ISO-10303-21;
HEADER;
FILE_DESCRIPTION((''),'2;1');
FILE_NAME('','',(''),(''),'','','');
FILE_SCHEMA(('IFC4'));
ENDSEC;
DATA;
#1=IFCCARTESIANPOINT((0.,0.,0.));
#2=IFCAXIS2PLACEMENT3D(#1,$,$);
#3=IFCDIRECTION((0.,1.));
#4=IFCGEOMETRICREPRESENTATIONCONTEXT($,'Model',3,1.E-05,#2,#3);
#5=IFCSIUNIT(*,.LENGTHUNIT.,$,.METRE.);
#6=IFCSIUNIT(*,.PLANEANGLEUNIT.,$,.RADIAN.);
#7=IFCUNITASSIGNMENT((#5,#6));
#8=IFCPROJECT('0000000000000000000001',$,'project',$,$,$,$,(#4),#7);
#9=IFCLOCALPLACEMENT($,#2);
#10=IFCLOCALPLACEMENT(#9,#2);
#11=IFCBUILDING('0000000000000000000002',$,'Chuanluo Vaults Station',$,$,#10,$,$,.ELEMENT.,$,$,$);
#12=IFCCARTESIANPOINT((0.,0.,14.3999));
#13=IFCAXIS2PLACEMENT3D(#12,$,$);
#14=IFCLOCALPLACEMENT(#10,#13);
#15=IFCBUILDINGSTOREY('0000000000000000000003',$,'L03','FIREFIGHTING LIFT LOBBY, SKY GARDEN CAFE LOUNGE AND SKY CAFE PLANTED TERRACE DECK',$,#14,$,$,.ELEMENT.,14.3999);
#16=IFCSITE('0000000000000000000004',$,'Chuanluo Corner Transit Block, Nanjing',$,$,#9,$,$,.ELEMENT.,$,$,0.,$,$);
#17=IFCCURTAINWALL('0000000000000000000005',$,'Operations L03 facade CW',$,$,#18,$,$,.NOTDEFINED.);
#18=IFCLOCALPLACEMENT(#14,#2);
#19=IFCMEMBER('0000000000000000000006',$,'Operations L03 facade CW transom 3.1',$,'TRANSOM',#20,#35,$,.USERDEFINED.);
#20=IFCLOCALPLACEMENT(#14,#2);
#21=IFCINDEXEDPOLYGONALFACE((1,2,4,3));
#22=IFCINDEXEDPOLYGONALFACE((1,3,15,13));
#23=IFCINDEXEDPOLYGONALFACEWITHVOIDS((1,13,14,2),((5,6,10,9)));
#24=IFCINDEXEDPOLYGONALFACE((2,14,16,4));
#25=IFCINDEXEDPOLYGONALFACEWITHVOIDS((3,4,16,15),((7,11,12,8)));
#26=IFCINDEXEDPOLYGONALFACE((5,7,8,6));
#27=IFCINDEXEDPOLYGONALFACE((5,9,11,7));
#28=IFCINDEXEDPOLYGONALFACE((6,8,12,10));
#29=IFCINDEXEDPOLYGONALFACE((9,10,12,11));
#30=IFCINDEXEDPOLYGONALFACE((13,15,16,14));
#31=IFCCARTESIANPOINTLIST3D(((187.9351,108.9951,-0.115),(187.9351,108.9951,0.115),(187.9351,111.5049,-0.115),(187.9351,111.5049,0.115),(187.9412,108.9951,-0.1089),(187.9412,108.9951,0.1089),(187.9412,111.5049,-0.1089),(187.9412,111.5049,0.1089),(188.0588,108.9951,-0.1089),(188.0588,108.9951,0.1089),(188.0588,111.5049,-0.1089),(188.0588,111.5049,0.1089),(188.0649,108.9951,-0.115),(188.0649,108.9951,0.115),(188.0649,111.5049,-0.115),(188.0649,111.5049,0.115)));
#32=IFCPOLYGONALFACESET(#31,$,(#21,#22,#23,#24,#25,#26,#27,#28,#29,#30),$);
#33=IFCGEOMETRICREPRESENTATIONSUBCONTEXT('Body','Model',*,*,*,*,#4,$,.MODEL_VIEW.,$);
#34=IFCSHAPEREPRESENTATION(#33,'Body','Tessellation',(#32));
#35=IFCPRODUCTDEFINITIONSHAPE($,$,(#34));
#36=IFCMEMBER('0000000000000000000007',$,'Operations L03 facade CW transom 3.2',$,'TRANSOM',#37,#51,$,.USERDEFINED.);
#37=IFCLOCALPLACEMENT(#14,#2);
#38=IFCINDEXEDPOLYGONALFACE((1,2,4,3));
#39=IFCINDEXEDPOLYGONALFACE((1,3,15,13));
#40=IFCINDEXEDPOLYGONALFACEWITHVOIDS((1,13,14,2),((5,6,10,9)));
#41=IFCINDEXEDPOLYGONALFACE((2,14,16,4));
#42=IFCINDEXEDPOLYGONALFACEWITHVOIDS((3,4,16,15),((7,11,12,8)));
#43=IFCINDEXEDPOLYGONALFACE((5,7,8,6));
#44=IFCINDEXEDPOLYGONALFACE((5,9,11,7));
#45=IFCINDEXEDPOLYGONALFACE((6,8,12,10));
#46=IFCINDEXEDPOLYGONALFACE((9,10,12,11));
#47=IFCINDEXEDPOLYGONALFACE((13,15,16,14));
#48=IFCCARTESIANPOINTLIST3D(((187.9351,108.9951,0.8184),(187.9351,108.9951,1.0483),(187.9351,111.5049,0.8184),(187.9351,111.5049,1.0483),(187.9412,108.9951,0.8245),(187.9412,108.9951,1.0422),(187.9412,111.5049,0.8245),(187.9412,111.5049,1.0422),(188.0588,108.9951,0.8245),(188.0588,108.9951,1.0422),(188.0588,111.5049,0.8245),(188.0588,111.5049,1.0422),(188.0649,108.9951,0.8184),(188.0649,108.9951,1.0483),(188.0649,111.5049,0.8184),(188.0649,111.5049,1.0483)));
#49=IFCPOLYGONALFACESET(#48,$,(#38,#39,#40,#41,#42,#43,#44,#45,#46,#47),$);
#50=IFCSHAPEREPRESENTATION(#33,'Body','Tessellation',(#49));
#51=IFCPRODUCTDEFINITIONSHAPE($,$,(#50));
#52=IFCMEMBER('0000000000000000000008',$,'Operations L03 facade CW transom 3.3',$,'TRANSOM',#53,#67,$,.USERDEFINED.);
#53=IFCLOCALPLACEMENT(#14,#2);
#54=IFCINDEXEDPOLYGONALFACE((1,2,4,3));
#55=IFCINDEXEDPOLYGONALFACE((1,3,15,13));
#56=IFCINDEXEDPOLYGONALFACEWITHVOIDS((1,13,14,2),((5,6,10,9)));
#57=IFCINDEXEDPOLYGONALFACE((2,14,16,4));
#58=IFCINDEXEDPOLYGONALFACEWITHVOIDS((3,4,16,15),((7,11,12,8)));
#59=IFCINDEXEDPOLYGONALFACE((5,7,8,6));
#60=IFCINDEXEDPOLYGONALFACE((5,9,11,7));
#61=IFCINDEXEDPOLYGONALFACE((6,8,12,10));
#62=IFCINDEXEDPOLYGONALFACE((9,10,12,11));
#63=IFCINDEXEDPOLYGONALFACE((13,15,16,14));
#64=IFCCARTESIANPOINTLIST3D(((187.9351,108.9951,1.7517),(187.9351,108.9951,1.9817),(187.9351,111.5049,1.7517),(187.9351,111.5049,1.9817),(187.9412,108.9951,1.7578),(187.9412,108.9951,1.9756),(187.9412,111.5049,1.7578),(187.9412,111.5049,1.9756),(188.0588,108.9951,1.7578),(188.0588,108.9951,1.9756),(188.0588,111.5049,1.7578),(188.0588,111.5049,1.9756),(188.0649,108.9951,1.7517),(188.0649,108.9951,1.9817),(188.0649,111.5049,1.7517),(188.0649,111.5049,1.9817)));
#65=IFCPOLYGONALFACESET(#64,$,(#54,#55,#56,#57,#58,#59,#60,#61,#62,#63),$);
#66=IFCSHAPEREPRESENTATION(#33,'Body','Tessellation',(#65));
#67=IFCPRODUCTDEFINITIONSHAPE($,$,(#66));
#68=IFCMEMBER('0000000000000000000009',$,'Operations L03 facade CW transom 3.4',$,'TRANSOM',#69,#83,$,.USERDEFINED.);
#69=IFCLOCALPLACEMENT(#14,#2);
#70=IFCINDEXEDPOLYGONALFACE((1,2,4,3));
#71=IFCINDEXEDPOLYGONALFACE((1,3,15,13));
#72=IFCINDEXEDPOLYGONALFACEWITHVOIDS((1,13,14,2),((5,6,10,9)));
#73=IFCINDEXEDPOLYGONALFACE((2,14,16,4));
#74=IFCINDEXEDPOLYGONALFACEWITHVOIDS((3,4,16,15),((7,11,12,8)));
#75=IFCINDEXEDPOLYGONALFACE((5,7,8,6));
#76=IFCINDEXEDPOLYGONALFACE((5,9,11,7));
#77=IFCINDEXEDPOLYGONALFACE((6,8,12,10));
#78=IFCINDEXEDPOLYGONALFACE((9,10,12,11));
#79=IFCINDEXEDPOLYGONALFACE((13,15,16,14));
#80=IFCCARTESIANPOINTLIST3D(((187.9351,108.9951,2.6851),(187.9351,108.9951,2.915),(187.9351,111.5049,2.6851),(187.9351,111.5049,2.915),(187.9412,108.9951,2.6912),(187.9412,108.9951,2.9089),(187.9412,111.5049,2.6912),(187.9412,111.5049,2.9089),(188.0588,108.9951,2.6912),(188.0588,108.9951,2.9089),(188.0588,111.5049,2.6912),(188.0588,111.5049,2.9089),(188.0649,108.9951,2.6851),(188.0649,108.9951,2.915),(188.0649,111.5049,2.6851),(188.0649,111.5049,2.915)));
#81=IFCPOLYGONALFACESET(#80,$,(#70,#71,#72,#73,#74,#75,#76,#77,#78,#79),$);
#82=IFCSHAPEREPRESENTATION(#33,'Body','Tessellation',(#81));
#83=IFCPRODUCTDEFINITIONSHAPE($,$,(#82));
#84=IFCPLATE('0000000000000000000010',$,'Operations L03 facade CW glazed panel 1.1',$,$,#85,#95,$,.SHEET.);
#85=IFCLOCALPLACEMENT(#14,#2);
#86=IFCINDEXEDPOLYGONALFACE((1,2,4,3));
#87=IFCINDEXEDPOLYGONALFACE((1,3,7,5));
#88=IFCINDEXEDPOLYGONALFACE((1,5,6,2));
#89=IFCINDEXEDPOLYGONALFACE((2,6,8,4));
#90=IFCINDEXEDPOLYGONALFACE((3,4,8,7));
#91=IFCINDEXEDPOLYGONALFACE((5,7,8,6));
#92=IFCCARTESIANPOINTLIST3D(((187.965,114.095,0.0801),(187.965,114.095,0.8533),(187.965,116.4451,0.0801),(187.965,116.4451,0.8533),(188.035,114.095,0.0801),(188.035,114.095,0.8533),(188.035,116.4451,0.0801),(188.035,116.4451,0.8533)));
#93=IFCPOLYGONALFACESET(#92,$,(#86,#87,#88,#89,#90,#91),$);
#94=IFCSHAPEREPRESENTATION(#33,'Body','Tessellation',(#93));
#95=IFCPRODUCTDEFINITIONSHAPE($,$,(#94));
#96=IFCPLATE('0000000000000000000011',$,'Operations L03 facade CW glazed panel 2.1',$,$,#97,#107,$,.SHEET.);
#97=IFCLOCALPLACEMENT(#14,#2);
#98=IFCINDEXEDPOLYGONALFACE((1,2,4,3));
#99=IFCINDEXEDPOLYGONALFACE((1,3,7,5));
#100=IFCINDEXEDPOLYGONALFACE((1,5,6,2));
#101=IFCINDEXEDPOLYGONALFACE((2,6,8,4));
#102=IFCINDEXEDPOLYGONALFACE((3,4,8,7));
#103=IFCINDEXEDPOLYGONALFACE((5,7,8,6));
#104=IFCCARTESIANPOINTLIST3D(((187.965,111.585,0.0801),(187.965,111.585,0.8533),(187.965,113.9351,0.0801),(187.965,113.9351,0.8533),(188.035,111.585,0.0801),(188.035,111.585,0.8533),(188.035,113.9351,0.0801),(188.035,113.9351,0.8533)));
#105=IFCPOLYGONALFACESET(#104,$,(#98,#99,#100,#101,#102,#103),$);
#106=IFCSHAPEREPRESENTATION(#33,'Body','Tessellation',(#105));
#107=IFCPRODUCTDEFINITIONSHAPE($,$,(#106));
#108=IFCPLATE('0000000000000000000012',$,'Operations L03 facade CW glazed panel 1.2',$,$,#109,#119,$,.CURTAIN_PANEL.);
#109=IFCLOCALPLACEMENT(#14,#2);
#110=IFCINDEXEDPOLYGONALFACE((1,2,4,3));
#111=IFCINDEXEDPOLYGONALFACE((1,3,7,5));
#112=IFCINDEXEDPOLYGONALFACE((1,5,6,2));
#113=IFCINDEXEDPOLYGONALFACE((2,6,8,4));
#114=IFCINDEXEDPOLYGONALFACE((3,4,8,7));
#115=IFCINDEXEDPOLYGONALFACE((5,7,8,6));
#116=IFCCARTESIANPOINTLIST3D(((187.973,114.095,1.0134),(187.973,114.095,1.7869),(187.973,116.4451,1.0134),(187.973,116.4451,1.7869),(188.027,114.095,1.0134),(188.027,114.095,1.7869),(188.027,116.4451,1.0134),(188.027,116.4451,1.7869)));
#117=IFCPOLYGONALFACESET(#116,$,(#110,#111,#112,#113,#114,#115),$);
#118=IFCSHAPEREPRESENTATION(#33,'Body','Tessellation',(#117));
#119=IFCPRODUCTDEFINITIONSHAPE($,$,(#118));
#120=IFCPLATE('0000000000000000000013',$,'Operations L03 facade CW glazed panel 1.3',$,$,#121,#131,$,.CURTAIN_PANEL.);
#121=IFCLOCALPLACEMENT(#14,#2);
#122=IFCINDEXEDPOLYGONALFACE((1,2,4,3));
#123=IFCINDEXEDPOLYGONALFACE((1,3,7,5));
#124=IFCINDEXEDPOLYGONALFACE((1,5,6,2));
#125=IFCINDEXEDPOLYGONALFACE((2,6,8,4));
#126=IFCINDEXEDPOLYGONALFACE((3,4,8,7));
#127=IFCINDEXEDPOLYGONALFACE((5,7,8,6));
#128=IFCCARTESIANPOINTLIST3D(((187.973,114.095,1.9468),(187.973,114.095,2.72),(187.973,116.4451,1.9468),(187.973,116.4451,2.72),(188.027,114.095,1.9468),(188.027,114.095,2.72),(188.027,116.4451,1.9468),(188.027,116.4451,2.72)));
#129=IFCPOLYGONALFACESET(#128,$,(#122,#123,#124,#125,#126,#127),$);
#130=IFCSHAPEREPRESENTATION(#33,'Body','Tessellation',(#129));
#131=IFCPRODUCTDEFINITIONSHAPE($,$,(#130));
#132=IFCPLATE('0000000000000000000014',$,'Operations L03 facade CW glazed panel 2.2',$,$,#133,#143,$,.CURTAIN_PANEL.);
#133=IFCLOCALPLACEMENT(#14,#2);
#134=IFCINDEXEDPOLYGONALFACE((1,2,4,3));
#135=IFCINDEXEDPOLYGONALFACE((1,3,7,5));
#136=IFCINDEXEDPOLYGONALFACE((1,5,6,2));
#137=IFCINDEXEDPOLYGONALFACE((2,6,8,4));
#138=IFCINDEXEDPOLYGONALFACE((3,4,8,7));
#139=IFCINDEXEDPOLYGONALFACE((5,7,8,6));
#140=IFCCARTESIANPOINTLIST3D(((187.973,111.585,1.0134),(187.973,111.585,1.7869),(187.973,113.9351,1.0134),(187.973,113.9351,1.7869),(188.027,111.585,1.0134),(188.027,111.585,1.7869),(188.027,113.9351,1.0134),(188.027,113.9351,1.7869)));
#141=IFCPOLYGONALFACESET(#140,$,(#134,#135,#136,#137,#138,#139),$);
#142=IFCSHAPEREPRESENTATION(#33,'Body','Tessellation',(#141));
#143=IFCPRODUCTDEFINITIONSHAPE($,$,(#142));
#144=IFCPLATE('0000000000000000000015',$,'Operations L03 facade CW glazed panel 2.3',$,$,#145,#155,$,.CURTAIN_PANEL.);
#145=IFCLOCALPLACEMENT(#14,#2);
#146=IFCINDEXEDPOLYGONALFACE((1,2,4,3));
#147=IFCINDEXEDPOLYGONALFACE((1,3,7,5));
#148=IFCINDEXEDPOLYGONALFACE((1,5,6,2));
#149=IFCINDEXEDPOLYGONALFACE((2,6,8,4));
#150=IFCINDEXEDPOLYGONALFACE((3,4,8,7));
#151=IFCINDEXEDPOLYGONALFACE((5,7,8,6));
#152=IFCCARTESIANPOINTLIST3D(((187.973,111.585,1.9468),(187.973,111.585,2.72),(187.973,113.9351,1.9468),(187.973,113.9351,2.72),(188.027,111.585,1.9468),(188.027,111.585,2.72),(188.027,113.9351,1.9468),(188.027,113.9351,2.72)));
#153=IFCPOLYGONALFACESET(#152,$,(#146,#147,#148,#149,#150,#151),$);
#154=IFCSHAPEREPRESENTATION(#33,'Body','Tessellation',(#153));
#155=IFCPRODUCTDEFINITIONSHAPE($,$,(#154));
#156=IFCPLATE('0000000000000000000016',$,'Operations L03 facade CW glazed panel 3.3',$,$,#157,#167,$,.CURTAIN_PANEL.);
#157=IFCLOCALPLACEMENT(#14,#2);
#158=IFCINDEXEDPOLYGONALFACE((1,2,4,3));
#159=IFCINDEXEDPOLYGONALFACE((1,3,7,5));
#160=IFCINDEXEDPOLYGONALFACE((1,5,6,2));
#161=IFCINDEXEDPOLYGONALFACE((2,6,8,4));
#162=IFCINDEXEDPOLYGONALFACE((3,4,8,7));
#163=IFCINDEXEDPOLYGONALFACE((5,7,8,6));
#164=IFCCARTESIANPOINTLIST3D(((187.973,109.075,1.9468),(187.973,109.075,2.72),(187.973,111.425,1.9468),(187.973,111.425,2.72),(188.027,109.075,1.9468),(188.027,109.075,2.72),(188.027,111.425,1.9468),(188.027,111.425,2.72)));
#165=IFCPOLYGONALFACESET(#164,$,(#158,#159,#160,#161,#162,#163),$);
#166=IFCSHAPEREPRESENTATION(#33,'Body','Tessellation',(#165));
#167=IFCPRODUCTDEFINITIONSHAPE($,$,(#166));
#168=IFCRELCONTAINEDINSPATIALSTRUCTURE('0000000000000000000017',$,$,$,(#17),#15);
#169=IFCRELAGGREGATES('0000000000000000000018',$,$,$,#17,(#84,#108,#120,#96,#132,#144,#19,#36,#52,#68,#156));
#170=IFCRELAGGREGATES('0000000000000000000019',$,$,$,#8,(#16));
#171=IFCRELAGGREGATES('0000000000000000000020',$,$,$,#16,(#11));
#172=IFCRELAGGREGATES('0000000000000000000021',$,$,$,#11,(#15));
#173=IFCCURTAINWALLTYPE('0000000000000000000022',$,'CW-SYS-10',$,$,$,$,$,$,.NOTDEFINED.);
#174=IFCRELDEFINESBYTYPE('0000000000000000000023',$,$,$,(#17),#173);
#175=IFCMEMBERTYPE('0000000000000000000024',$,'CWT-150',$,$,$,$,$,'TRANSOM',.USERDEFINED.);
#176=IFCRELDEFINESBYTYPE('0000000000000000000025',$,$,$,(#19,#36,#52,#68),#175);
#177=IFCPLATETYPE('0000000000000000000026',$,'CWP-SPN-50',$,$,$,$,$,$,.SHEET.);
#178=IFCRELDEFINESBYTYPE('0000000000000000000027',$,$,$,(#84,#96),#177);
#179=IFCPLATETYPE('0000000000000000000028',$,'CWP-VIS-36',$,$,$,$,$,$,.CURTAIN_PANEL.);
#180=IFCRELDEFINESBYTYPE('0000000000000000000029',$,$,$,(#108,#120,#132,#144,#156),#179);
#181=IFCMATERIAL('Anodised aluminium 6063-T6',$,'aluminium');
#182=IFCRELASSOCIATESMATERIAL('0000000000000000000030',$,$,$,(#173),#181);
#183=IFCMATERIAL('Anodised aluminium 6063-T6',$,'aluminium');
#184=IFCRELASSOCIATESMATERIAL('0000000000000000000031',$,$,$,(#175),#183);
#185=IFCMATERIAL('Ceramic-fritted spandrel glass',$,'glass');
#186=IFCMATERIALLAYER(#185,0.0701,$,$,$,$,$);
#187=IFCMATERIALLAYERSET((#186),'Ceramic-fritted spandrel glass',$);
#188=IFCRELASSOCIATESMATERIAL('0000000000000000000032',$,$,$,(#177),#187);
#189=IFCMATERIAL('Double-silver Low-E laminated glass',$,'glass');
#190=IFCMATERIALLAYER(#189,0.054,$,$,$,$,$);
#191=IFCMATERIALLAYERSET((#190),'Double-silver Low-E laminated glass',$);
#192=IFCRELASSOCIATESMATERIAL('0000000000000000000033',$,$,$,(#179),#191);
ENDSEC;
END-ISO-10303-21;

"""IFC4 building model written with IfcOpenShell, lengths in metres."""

from ifc_helpers import new_model, si_unit, direction, frame, origin, origin_2d, place, context, subcontext, project, spatial, rectangle, hollow_rectangle, extrude, material, layer, layer_set, material_profile, profile_set, type_object, element, aggregate, save


model = new_model("IFC4")

# Units and contexts
model_context = context("Model", 3, precision=1e-05, world=origin(), true_north=direction((0.0, 1.0)))
body_context = subcontext(model_context, "Body", "Model", "MODEL_VIEW")
ifc_project = project(units=[si_unit("LENGTHUNIT", "METRE"), si_unit("PLANEANGLEUNIT", "RADIAN")], contexts=[model_context])

# Site, building, storey
site_placement = place(None, origin())
site = spatial("IfcSite", under=ifc_project, at=site_placement, Name="Chuanluo Corner Transit Block, Nanjing", CompositionType="ELEMENT", RefElevation=0.0)
building_placement = place(site_placement, origin())
building = spatial("IfcBuilding", under=site, at=building_placement, Name="Chuanluo Vaults Station", CompositionType="ELEMENT")
storey_placement = place(building_placement, frame((0.0, 0.0, 14.3999)))
storey = spatial("IfcBuildingStorey", under=building, at=storey_placement, Name="L03", Description="FIREFIGHTING LIFT LOBBY, SKY GARDEN CAFE LOUNGE AND SKY CAFE PLANTED TERRACE DECK", CompositionType="ELEMENT", Elevation=14.3999)

# Curtain wall, members, plates
ifc_material_1 = material(Name="Anodised aluminium 6063-T6", Category="aluminium")
curtain_wall_type = type_object("IfcCurtainWallType", Name="CW-SYS-10", PredefinedType="NOTDEFINED", material=ifc_material_1)
curtain_wall_placement = place(storey_placement, origin())
curtain_wall = element("IfcCurtainWall", 1, at=curtain_wall_placement, inside=storey, type_object=curtain_wall_type, Name="Operations L03 facade CW", PredefinedType="NOTDEFINED")
ifc_material_2 = material(Name="Anodised aluminium 6063-T6", Category="aluminium")
ifc_material_profile_1 = material_profile(ifc_material_2, hollow_rectangle(XDim=0.1299, YDim=0.23, WallThickness=0.0061, at=origin_2d()))
ifc_profile_set_1 = profile_set([ifc_material_profile_1], Name="Anodised aluminium 6063-T6")
member_type_1 = type_object("IfcMemberType", Name="CWT-150", ElementType="TRANSOM", PredefinedType="USERDEFINED", material=ifc_profile_set_1)
member_1_placement = place(storey_placement, frame((188.0, 111.5049, 0.0), z_axis=(0.0, -1.0, 0.0), x_axis=(1.0, 0.0, 0.0)))
member_1 = element("IfcMember", 2, at=member_1_placement, type_object=member_type_1, Name="Operations L03 facade CW transom 3.1", ObjectType="TRANSOM", PredefinedType="USERDEFINED", context=body_context, shape_type="SweptSolid", body=[
    extrude(hollow_rectangle(XDim=0.1299, YDim=0.23, WallThickness=0.0061, at=origin_2d()), origin(), (0.0, 0.0, 1.0), 2.5098),
])
member_2_placement = place(storey_placement, frame((188.0, 111.5049, 0.9333), z_axis=(0.0, -1.0, 0.0), x_axis=(1.0, 0.0, 0.0)))
member_2 = element("IfcMember", 3, at=member_2_placement, type_object=member_type_1, Name="Operations L03 facade CW transom 3.2", ObjectType="TRANSOM", PredefinedType="USERDEFINED", context=body_context, shape_type="SweptSolid", body=[
    extrude(hollow_rectangle(XDim=0.1299, YDim=0.23, WallThickness=0.0061, at=origin_2d()), origin(), (0.0, 0.0, 1.0), 2.5098),
])
member_3_placement = place(storey_placement, frame((188.0, 111.5049, 1.8667), z_axis=(0.0, -1.0, 0.0), x_axis=(1.0, 0.0, 0.0)))
member_3 = element("IfcMember", 4, at=member_3_placement, type_object=member_type_1, Name="Operations L03 facade CW transom 3.3", ObjectType="TRANSOM", PredefinedType="USERDEFINED", context=body_context, shape_type="SweptSolid", body=[
    extrude(hollow_rectangle(XDim=0.1299, YDim=0.23, WallThickness=0.0061, at=origin_2d()), origin(), (0.0, 0.0, 1.0), 2.5098),
])
member_4_placement = place(storey_placement, frame((188.0, 111.5049, 2.8), z_axis=(0.0, -1.0, 0.0), x_axis=(1.0, 0.0, 0.0)))
member_4 = element("IfcMember", 5, at=member_4_placement, type_object=member_type_1, Name="Operations L03 facade CW transom 3.4", ObjectType="TRANSOM", PredefinedType="USERDEFINED", context=body_context, shape_type="SweptSolid", body=[
    extrude(hollow_rectangle(XDim=0.1299, YDim=0.23, WallThickness=0.0061, at=origin_2d()), origin(), (0.0, 0.0, 1.0), 2.5098),
])
ifc_material_3 = material(Name="Ceramic-fritted spandrel glass", Category="glass")
ifc_layer_1 = layer(ifc_material_3, 0.0701)
ifc_layer_set_1 = layer_set([ifc_layer_1], Name="Ceramic-fritted spandrel glass")
plate_type_1 = type_object("IfcPlateType", Name="CWP-SPN-50", PredefinedType="SHEET", material=ifc_layer_set_1)
plate_1_placement = place(storey_placement, frame((188.0, 115.27, 0.0801), z_axis=(0.0, 0.0, 1.0), x_axis=(0.0, -1.0, 0.0)))
plate_1 = element("IfcPlate", 6, at=plate_1_placement, type_object=plate_type_1, Name="Operations L03 facade CW glazed panel 1.1", PredefinedType="SHEET", context=body_context, shape_type="SweptSolid", body=[
    extrude(rectangle(XDim=2.3501, YDim=0.0701, at=origin_2d()), origin(), (0.0, 0.0, 1.0), 0.7732),
])
plate_2_placement = place(storey_placement, frame((188.0, 112.76, 0.0801), z_axis=(0.0, 0.0, 1.0), x_axis=(0.0, -1.0, 0.0)))
plate_2 = element("IfcPlate", 7, at=plate_2_placement, type_object=plate_type_1, Name="Operations L03 facade CW glazed panel 2.1", PredefinedType="SHEET", context=body_context, shape_type="SweptSolid", body=[
    extrude(rectangle(XDim=2.3501, YDim=0.0701, at=origin_2d()), origin(), (0.0, 0.0, 1.0), 0.7732),
])
ifc_material_4 = material(Name="Double-silver Low-E laminated glass", Category="glass")
ifc_layer_2 = layer(ifc_material_4, 0.054)
ifc_layer_set_2 = layer_set([ifc_layer_2], Name="Double-silver Low-E laminated glass")
plate_type_2 = type_object("IfcPlateType", Name="CWP-VIS-36", PredefinedType="CURTAIN_PANEL", material=ifc_layer_set_2)
plate_3_placement = place(storey_placement, frame((188.0, 115.27, 1.0134), z_axis=(0.0, 0.0, 1.0), x_axis=(0.0, -1.0, 0.0)))
plate_3 = element("IfcPlate", 8, at=plate_3_placement, type_object=plate_type_2, Name="Operations L03 facade CW glazed panel 1.2", PredefinedType="CURTAIN_PANEL", context=body_context, shape_type="SweptSolid", body=[
    extrude(rectangle(XDim=2.3501, YDim=0.054, at=origin_2d()), origin(), (0.0, 0.0, 1.0), 0.7734),
])
plate_4_placement = place(storey_placement, frame((188.0, 115.27, 1.9468), z_axis=(0.0, 0.0, 1.0), x_axis=(0.0, -1.0, 0.0)))
plate_4 = element("IfcPlate", 9, at=plate_4_placement, type_object=plate_type_2, Name="Operations L03 facade CW glazed panel 1.3", PredefinedType="CURTAIN_PANEL", context=body_context, shape_type="SweptSolid", body=[
    extrude(rectangle(XDim=2.3501, YDim=0.054, at=origin_2d()), origin(), (0.0, 0.0, 1.0), 0.7732),
])
plate_5_placement = place(storey_placement, frame((188.0, 112.76, 1.0134), z_axis=(0.0, 0.0, 1.0), x_axis=(0.0, -1.0, 0.0)))
plate_5 = element("IfcPlate", 10, at=plate_5_placement, type_object=plate_type_2, Name="Operations L03 facade CW glazed panel 2.2", PredefinedType="CURTAIN_PANEL", context=body_context, shape_type="SweptSolid", body=[
    extrude(rectangle(XDim=2.3501, YDim=0.054, at=origin_2d()), origin(), (0.0, 0.0, 1.0), 0.7734),
])
plate_6_placement = place(storey_placement, frame((188.0, 112.76, 1.9468), z_axis=(0.0, 0.0, 1.0), x_axis=(0.0, -1.0, 0.0)))
plate_6 = element("IfcPlate", 11, at=plate_6_placement, type_object=plate_type_2, Name="Operations L03 facade CW glazed panel 2.3", PredefinedType="CURTAIN_PANEL", context=body_context, shape_type="SweptSolid", body=[
    extrude(rectangle(XDim=2.3501, YDim=0.054, at=origin_2d()), origin(), (0.0, 0.0, 1.0), 0.7732),
])
plate_7_placement = place(storey_placement, frame((188.0, 110.25, 1.9468), z_axis=(0.0, 0.0, 1.0), x_axis=(0.0, -1.0, 0.0)))
plate_7 = element("IfcPlate", 12, at=plate_7_placement, type_object=plate_type_2, Name="Operations L03 facade CW glazed panel 3.3", PredefinedType="CURTAIN_PANEL", context=body_context, shape_type="SweptSolid", body=[
    extrude(rectangle(XDim=2.3501, YDim=0.054, at=origin_2d()), origin(), (0.0, 0.0, 1.0), 0.7732),
])
aggregate(curtain_wall, [plate_1, plate_3, plate_4, plate_2, plate_5, plate_6, member_1, member_2, member_3, member_4, plate_7])

save(model, "model.ifc")
